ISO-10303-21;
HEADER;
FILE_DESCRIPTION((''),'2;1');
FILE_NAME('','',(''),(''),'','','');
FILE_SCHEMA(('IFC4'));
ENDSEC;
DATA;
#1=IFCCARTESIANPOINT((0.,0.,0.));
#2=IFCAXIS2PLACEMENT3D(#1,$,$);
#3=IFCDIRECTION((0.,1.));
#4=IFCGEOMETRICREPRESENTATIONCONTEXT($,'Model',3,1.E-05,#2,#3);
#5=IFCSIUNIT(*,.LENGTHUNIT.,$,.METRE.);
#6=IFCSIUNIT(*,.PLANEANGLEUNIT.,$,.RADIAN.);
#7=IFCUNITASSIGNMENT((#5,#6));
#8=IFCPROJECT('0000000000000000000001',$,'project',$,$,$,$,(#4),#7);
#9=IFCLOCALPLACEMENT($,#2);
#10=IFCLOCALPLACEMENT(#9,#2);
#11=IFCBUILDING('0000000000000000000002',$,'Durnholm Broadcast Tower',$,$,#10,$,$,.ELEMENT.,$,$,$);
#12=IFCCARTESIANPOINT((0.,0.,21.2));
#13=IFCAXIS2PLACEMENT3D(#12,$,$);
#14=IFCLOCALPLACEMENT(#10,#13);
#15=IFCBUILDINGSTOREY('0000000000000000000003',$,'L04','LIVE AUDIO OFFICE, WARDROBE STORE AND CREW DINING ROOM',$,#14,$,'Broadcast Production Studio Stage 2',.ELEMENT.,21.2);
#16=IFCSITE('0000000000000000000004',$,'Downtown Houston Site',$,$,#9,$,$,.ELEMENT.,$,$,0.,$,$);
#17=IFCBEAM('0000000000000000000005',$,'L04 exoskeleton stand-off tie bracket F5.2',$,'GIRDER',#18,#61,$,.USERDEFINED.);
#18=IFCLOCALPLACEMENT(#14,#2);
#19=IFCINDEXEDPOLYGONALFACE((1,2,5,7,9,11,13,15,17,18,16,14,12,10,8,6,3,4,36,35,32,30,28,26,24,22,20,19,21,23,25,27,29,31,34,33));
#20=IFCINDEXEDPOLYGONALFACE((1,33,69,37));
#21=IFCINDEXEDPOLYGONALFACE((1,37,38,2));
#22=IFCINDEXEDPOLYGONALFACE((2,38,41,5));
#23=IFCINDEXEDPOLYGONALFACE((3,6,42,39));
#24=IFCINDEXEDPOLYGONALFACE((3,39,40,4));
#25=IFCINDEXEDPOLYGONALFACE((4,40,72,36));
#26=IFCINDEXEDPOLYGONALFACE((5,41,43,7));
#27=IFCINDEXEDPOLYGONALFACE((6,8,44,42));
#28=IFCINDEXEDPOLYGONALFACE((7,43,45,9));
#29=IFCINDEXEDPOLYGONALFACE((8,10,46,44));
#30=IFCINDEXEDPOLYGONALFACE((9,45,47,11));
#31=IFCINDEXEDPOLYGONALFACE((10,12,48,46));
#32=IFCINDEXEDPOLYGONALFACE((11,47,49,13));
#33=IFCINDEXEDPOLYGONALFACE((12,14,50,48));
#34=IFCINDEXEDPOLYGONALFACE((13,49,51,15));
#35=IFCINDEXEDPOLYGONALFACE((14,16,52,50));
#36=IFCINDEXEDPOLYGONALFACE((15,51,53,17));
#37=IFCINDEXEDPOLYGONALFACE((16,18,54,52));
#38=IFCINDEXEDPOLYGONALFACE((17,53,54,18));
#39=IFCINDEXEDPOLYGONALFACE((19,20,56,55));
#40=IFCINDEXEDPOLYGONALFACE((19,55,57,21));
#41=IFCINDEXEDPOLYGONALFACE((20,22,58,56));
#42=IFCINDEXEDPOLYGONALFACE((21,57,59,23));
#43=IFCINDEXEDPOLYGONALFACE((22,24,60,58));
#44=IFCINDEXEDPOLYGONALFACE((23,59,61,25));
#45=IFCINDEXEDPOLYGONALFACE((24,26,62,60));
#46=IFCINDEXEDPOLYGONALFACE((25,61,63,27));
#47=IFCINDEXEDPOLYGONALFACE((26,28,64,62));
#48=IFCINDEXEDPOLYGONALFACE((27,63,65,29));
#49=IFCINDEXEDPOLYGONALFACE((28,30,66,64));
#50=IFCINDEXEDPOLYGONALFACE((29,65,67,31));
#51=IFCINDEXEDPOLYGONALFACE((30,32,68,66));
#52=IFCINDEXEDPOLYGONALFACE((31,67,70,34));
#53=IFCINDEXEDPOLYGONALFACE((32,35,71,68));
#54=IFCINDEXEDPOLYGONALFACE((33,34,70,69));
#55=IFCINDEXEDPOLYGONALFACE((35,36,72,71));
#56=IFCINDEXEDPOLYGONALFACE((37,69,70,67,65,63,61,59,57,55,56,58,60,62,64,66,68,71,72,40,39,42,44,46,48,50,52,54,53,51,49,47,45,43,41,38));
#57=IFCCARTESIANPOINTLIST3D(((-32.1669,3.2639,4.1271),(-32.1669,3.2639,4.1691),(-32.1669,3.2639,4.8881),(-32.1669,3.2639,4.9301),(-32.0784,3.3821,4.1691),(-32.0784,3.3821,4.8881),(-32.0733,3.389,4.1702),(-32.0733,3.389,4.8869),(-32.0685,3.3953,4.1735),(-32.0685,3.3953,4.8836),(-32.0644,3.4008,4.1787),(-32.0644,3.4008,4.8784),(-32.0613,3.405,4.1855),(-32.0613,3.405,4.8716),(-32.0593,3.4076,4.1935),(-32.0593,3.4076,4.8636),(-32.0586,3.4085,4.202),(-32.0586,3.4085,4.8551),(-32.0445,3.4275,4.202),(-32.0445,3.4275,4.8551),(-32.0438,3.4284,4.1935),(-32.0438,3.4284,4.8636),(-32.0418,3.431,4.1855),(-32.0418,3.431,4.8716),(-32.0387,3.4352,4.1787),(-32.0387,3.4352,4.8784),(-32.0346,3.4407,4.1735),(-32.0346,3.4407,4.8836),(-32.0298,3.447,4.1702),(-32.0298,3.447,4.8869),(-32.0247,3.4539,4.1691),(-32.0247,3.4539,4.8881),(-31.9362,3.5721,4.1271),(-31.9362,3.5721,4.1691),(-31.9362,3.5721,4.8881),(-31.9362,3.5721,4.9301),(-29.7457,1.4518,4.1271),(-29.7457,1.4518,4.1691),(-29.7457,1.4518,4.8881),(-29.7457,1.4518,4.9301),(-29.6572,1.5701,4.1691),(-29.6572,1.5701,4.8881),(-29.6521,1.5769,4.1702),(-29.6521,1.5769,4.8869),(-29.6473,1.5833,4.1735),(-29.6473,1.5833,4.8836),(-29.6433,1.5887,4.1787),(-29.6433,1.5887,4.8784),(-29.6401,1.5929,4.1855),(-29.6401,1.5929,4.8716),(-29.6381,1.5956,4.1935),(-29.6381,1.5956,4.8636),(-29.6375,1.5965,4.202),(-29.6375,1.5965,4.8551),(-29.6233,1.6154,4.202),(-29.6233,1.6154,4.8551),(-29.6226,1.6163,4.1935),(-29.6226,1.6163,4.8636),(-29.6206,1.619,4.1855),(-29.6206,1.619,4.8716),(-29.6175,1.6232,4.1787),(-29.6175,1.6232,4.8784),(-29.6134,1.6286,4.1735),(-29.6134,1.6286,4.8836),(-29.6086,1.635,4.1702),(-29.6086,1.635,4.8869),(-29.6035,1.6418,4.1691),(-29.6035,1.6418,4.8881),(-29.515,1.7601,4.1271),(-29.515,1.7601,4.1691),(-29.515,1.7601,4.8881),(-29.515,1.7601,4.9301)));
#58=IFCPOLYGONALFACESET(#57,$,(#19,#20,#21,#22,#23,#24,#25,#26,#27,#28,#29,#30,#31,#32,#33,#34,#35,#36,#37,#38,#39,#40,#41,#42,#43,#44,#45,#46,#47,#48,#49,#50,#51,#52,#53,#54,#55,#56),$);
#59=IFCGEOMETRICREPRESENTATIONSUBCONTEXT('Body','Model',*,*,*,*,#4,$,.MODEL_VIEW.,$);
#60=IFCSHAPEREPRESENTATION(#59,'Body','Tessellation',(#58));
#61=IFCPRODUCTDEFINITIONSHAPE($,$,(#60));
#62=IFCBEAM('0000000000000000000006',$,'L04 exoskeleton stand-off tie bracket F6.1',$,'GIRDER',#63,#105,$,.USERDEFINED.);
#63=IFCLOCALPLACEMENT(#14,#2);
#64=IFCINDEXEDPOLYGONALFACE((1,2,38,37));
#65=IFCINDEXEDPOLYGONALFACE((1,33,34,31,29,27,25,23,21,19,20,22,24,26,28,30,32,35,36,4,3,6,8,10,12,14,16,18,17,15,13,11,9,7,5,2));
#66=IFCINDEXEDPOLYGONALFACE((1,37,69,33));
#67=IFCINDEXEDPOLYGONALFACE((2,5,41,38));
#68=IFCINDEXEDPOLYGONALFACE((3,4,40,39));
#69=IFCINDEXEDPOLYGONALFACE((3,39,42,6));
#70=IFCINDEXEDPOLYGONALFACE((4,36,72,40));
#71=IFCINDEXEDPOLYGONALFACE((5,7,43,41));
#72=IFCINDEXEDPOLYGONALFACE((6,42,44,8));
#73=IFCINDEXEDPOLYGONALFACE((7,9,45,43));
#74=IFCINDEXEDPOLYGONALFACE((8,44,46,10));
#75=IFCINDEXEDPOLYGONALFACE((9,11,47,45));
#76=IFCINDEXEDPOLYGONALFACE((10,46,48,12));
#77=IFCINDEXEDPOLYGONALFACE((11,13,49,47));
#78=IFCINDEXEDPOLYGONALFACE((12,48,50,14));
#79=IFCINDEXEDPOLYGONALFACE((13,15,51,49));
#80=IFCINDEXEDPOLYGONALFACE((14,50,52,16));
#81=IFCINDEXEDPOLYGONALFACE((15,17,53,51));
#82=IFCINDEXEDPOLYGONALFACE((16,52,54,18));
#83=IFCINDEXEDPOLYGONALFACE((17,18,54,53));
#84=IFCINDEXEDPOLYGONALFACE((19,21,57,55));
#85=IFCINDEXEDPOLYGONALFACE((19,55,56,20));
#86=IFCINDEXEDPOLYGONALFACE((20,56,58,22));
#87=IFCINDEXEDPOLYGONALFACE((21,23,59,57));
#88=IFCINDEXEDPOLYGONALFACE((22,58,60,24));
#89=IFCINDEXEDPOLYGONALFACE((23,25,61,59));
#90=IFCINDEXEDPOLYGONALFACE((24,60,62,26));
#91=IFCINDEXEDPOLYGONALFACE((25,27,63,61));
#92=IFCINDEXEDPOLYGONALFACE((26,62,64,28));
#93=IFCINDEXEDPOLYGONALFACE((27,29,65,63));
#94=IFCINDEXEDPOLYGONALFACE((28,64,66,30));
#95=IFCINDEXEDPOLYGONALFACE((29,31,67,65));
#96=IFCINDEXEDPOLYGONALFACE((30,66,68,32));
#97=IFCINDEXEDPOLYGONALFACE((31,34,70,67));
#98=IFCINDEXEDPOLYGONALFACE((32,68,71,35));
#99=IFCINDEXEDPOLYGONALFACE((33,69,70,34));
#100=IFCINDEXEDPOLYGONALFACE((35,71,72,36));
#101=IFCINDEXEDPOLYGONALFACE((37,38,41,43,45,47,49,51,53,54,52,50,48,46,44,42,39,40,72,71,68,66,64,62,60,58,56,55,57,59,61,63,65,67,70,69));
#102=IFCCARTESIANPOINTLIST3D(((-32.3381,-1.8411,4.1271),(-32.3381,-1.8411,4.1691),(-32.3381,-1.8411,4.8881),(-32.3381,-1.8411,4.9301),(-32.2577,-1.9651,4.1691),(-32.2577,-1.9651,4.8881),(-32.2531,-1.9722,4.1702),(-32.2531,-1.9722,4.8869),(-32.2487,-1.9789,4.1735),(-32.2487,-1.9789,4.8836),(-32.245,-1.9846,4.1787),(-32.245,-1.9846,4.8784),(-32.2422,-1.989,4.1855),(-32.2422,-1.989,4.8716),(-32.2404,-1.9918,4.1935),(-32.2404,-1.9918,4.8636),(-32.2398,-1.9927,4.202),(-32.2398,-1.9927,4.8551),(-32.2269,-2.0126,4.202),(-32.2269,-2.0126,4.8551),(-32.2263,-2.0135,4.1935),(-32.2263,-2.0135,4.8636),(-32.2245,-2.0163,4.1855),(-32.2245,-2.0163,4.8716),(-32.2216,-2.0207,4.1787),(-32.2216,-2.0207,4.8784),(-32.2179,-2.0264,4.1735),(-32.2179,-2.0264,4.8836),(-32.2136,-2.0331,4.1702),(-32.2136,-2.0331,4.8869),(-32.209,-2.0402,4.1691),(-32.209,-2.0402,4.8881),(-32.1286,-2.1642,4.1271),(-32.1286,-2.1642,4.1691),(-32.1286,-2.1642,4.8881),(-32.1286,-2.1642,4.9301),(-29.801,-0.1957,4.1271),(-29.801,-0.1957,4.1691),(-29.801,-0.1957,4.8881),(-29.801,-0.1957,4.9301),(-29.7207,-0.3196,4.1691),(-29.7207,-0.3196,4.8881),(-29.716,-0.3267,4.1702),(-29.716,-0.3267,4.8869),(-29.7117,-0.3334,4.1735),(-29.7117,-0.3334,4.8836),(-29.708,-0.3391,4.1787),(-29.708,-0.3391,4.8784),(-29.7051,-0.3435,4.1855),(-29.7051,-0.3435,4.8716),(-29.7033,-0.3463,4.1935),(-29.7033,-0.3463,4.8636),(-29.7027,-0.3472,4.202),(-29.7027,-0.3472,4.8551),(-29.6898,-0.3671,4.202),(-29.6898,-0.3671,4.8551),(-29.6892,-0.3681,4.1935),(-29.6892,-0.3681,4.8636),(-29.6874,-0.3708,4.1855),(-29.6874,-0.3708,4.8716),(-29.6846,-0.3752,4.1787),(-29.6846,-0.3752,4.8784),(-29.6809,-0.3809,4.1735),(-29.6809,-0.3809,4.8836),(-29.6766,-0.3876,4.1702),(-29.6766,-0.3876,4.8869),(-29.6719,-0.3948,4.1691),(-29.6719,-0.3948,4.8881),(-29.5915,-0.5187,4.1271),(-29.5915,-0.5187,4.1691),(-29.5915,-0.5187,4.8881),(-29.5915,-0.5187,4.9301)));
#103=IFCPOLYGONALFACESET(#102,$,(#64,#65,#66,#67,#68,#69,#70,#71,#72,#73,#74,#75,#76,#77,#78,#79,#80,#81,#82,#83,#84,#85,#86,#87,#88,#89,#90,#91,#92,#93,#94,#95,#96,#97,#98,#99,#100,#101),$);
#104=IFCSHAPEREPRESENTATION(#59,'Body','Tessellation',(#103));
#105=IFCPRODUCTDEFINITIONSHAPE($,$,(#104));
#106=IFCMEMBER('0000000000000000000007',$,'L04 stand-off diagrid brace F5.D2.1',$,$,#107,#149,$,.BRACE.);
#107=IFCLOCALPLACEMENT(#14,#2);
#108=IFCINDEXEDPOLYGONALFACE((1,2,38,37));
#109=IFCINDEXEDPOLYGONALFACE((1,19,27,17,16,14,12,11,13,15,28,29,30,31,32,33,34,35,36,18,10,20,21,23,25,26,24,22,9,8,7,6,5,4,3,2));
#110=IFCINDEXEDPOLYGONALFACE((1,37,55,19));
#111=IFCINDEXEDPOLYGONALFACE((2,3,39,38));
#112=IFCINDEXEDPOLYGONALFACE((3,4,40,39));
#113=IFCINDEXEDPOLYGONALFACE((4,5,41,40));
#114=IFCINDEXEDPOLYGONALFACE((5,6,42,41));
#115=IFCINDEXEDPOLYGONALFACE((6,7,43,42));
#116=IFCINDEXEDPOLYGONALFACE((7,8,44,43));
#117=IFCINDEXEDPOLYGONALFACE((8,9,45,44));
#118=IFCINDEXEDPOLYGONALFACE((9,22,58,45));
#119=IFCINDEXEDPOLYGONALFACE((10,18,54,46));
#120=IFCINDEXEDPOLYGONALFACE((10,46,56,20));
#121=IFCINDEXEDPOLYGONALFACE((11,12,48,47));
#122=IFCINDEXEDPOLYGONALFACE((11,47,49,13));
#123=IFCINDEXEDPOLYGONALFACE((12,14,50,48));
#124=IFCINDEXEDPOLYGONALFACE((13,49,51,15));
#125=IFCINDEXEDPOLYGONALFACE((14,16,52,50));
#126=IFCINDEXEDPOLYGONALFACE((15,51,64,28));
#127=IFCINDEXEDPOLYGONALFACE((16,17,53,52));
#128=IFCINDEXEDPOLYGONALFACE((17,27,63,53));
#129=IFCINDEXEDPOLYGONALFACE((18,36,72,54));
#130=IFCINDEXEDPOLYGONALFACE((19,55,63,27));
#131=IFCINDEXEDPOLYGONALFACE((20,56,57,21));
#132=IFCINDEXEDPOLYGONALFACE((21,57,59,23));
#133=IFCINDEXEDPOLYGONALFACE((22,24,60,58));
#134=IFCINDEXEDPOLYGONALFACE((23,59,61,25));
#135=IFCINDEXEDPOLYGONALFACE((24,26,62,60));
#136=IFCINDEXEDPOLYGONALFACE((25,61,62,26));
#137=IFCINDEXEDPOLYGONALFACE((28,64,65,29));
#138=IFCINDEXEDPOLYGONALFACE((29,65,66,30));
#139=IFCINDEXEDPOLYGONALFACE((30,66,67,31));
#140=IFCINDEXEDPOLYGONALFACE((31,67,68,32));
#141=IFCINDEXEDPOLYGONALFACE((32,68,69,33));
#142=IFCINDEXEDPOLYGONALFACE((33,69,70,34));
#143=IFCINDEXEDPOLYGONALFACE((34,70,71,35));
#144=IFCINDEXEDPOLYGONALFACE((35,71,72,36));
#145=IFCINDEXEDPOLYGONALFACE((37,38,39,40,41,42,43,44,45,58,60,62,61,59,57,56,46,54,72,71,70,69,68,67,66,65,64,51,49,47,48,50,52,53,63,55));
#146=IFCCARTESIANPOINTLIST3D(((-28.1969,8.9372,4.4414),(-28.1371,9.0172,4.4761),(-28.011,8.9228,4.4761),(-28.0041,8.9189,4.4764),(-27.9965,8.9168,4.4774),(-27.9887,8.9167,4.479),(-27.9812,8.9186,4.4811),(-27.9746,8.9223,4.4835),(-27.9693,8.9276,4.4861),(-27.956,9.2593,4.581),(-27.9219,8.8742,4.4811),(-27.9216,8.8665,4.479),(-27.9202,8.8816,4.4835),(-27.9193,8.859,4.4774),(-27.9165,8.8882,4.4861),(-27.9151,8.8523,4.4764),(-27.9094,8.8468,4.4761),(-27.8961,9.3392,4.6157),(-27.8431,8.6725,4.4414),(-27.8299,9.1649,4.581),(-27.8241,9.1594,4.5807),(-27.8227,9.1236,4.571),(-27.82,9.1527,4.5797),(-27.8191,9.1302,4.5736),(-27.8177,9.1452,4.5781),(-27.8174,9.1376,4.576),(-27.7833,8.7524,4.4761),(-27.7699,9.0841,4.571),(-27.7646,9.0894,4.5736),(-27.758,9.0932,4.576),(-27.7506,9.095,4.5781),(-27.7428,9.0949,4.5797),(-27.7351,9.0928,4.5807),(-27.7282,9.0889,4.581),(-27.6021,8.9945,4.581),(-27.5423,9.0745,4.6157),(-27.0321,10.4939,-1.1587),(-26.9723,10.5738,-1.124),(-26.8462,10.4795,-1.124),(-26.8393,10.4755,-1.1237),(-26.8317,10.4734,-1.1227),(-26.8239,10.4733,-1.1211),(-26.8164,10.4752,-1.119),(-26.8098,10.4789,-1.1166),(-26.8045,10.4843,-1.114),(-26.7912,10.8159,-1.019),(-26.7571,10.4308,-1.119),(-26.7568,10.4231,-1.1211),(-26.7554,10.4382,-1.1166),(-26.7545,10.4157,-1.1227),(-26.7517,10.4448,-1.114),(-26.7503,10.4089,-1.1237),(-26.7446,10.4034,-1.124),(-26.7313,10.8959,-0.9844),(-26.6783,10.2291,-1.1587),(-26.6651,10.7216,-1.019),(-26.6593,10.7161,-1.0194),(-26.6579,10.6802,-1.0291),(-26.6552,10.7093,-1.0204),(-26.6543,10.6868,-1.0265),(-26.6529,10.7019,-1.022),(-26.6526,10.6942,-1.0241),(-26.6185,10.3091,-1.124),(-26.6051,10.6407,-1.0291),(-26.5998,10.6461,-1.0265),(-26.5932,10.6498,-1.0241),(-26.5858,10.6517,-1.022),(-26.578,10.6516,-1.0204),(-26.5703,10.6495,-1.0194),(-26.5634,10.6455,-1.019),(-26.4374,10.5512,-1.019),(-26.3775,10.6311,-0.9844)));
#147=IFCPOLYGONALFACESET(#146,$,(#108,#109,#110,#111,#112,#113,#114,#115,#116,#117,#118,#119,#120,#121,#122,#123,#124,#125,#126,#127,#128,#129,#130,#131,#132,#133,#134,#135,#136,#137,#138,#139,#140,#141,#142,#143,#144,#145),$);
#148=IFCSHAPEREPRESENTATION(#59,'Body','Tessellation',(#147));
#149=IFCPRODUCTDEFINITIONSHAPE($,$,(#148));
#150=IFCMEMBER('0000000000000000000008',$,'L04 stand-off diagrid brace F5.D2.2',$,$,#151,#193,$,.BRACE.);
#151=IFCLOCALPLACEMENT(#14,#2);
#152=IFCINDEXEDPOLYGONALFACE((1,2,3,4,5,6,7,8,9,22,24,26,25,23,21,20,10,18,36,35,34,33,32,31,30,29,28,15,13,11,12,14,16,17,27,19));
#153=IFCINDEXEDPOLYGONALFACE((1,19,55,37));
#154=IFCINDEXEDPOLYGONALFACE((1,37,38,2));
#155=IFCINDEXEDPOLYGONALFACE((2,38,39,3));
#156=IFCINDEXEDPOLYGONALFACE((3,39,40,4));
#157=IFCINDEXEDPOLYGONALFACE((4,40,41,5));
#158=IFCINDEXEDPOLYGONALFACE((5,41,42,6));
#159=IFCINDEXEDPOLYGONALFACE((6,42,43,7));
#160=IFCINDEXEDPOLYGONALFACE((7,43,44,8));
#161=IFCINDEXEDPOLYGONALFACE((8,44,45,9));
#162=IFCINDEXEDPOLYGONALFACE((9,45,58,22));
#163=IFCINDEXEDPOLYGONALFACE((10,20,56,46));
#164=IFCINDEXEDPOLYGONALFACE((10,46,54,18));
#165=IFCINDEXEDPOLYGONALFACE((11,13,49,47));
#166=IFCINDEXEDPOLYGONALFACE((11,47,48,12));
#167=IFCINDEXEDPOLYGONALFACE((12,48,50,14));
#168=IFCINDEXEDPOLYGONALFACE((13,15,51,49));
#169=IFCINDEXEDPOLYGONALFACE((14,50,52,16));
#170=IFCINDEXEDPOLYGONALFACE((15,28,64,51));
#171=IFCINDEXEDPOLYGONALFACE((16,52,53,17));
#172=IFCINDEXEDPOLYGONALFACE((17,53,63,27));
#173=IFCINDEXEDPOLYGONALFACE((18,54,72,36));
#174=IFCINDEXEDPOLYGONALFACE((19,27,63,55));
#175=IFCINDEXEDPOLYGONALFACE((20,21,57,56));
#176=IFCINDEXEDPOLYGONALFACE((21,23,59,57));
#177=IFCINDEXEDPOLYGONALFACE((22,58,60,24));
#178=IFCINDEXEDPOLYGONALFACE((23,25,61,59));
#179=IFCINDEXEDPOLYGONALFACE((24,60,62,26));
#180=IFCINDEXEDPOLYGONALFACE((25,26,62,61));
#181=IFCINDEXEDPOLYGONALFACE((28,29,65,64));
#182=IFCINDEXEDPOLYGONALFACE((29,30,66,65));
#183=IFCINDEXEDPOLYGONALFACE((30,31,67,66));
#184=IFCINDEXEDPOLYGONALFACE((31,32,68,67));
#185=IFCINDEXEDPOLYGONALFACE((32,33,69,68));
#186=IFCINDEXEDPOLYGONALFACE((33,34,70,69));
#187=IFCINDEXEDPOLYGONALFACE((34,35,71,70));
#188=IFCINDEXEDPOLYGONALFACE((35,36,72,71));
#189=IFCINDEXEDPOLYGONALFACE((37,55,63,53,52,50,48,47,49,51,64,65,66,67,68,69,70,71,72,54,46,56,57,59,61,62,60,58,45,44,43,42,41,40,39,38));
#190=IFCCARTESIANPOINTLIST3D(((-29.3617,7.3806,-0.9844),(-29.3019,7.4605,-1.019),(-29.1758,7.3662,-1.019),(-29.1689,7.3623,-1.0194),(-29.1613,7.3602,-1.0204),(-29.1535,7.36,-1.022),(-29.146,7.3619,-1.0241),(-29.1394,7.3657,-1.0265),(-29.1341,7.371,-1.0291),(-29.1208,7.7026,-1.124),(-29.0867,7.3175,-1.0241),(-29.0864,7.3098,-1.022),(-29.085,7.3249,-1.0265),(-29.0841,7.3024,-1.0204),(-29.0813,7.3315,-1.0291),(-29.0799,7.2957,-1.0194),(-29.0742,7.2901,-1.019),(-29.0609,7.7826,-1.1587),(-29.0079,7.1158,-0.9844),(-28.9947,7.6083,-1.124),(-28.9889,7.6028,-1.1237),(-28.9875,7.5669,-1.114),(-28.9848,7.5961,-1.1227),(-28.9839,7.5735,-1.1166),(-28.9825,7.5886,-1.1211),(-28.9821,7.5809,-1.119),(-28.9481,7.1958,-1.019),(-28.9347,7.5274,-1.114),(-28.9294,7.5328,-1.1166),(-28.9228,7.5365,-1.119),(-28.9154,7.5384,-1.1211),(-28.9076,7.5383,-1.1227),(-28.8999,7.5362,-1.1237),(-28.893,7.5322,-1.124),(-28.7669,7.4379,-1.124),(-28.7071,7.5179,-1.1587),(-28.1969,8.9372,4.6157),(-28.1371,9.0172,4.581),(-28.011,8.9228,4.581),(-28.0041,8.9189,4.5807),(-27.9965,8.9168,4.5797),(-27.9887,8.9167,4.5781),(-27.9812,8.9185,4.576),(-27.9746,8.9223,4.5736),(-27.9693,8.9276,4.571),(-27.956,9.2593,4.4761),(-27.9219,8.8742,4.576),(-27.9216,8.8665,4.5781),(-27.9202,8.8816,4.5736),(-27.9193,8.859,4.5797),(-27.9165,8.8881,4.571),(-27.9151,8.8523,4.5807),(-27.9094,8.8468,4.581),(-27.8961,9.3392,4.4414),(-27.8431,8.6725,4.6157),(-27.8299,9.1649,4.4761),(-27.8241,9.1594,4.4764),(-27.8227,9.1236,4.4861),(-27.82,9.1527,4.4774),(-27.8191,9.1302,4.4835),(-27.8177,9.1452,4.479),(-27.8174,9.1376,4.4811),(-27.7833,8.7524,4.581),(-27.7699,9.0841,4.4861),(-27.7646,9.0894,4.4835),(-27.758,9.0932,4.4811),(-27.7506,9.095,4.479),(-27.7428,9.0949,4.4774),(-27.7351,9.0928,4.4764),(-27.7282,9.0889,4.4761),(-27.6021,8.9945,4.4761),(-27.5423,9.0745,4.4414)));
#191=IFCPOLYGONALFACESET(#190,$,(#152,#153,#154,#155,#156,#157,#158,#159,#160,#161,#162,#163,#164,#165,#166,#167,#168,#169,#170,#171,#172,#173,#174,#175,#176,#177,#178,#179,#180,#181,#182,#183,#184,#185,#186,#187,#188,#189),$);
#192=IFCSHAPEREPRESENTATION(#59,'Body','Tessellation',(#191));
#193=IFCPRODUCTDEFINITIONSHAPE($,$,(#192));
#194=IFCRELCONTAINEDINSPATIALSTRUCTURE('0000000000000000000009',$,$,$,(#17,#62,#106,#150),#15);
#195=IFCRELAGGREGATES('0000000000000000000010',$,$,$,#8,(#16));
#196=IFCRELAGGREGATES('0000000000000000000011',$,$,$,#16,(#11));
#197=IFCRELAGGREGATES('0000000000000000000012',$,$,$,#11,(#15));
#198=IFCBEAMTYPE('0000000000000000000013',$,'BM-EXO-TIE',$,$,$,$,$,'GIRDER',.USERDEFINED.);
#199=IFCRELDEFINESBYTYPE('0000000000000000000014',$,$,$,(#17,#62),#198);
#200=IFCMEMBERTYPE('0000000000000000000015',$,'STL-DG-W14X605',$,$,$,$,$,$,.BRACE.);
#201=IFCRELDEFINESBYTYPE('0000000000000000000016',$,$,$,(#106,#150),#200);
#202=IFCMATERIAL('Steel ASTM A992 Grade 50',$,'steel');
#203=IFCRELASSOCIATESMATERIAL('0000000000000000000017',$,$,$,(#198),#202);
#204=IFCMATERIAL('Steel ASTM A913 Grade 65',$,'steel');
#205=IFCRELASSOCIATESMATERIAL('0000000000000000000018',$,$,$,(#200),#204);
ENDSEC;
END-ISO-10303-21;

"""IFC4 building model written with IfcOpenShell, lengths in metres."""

from ifc_helpers import new_model, si_unit, direction, frame, origin, origin_2d, place, context, subcontext, project, spatial, i_section, extrude, source, transform, mapped, material, material_profile, profile_set, type_object, type_shapes, element, save


model = new_model("IFC4")

# Units and contexts
model_context = context("Model", 3, precision=1e-05, world=origin(), true_north=direction((0.0, 1.0)))
body_context = subcontext(model_context, "Body", "Model", "MODEL_VIEW")
ifc_project = project(units=[si_unit("LENGTHUNIT", "METRE"), si_unit("PLANEANGLEUNIT", "RADIAN")], contexts=[model_context])

# Site, building, storey
site_placement = place(None, origin())
site = spatial("IfcSite", under=ifc_project, at=site_placement, Name="Downtown Houston Site", CompositionType="ELEMENT", RefElevation=0.0)
building_placement = place(site_placement, origin())
building = spatial("IfcBuilding", under=site, at=building_placement, Name="Durnholm Broadcast Tower", CompositionType="ELEMENT")
storey_placement = place(building_placement, frame((0.0, 0.0, 21.2)))
storey = spatial("IfcBuildingStorey", under=building, at=storey_placement, Name="L04", Description="LIVE AUDIO OFFICE, WARDROBE STORE AND CREW DINING ROOM", LongName="Broadcast Production Studio Stage 2", CompositionType="ELEMENT", Elevation=21.2)

# Shared definitions
ifc_material_1 = material(Name="Steel ASTM A913 Grade 65", Category="steel")

# Beams
ifc_material_2 = material(Name="Steel ASTM A992 Grade 50", Category="steel")
ifc_material_profile_1 = material_profile(ifc_material_2, i_section(OverallWidth=0.385, OverallDepth=0.803, WebThickness=0.0237, FlangeThickness=0.042, FilletRadius=0.033, at=origin_2d()), Name="W30X261")
ifc_profile_set_1 = profile_set([ifc_material_profile_1], Name="Steel ASTM A992 Grade 50")
beam_type_1 = type_object("IfcBeamType", Name="BM-EXO-TIE", ElementType="GIRDER", PredefinedType="USERDEFINED", material=ifc_profile_set_1)
shared_shape_1 = source(origin(), body_context, "Body", "SweptSolid", [
    extrude(i_section(OverallWidth=0.385, OverallDepth=0.803, WebThickness=0.0237, FlangeThickness=0.042, FilletRadius=0.033, at=origin_2d()), origin(), (0.0, 0.0, 1.0), 3.0242),
])
beam_1_placement = place(storey_placement, frame((-29.6304, 1.606, 4.5286), z_axis=(-0.80061, 0.599186, 0.0), x_axis=(-0.599186, -0.80061, 0.0)))
element("IfcBeam", 1, at=beam_1_placement, inside=storey, type_object=beam_type_1, Name="L04 exoskeleton stand-off tie bracket F5.2", ObjectType="GIRDER", PredefinedType="USERDEFINED", context=body_context, shape_type="MappedRepresentation", body=[
    mapped(shared_shape_1, transform((0.0, 0.0, 0.0), x_axis=(1.0, 0.0, 0.0), y_axis=(0.0, 1.0, 0.0), z_axis=(0.0, 0.0, 1.0), scale=1.0)),
])
shared_shape_2 = source(origin(), body_context, "Body", "SweptSolid", [
    extrude(i_section(OverallWidth=0.385, OverallDepth=0.803, WebThickness=0.0237, FlangeThickness=0.042, FilletRadius=0.033, at=origin_2d()), origin(), (0.0, 0.0, 1.0), 3.0239),
])
type_shapes(beam_type_1, [shared_shape_1, shared_shape_2])
beam_2_placement = place(storey_placement, frame((-29.6963, -0.3572, 4.5286), z_axis=(-0.838989, -0.544148, 0.0), x_axis=(0.544148, -0.838989, 0.0)))
element("IfcBeam", 2, at=beam_2_placement, inside=storey, type_object=beam_type_1, Name="L04 exoskeleton stand-off tie bracket F6.1", ObjectType="GIRDER", PredefinedType="USERDEFINED", context=body_context, shape_type="MappedRepresentation", body=[
    mapped(shared_shape_2, transform((0.0, 0.0, 0.0), x_axis=(1.0, 0.0, 0.0), y_axis=(0.0, 1.0, 0.0), z_axis=(0.0, 0.0, 1.0), scale=1.0)),
])

# Members
ifc_material_profile_2 = material_profile(ifc_material_1, i_section(OverallWidth=0.4419, OverallDepth=0.5315, WebThickness=0.0659, FlangeThickness=0.1057, FilletRadius=0.0305, at=origin_2d()), Name="W14X605")
ifc_profile_set_2 = profile_set([ifc_material_profile_2], Name="Steel ASTM A913 Grade 65")
member_type_1 = type_object("IfcMemberType", Name="STL-DG-W14X605", PredefinedType="BRACE", material=ifc_profile_set_2)
shared_shape_3 = source(origin(), body_context, "Body", "SweptSolid", [
    extrude(i_section(OverallWidth=0.4419, OverallDepth=0.5315, WebThickness=0.0659, FlangeThickness=0.1057, FilletRadius=0.0305, at=origin_2d()), origin(), (0.0, 0.0, 1.0), 5.928),
])
type_shapes(member_type_1, [shared_shape_3])
for number, where, z_axis, x_axis, name in (
    (3, (-26.7048, 10.5625, -1.0715), (-0.196491, -0.262592, 0.944689), (0.800663, -0.599116, 0.0), "L04 stand-off diagrid brace F5.D2.1"),
    (4, (-29.0344, 7.4492, -1.0715), (0.196491, 0.262592, 0.944689), (-0.800663, 0.599116, 0.0), "L04 stand-off diagrid brace F5.D2.2"),
):
    element("IfcMember", number, at=place(storey_placement, frame(where, z_axis=z_axis, x_axis=x_axis)), inside=storey, type_object=member_type_1, Name=name, PredefinedType="BRACE", context=body_context, shape_type="MappedRepresentation", body=[
        mapped(shared_shape_3, transform((0.0, 0.0, 0.0), x_axis=(1.0, 0.0, 0.0), y_axis=(0.0, 1.0, 0.0), z_axis=(0.0, 0.0, 1.0), scale=1.0)),
    ])

save(model, "model.ifc")
